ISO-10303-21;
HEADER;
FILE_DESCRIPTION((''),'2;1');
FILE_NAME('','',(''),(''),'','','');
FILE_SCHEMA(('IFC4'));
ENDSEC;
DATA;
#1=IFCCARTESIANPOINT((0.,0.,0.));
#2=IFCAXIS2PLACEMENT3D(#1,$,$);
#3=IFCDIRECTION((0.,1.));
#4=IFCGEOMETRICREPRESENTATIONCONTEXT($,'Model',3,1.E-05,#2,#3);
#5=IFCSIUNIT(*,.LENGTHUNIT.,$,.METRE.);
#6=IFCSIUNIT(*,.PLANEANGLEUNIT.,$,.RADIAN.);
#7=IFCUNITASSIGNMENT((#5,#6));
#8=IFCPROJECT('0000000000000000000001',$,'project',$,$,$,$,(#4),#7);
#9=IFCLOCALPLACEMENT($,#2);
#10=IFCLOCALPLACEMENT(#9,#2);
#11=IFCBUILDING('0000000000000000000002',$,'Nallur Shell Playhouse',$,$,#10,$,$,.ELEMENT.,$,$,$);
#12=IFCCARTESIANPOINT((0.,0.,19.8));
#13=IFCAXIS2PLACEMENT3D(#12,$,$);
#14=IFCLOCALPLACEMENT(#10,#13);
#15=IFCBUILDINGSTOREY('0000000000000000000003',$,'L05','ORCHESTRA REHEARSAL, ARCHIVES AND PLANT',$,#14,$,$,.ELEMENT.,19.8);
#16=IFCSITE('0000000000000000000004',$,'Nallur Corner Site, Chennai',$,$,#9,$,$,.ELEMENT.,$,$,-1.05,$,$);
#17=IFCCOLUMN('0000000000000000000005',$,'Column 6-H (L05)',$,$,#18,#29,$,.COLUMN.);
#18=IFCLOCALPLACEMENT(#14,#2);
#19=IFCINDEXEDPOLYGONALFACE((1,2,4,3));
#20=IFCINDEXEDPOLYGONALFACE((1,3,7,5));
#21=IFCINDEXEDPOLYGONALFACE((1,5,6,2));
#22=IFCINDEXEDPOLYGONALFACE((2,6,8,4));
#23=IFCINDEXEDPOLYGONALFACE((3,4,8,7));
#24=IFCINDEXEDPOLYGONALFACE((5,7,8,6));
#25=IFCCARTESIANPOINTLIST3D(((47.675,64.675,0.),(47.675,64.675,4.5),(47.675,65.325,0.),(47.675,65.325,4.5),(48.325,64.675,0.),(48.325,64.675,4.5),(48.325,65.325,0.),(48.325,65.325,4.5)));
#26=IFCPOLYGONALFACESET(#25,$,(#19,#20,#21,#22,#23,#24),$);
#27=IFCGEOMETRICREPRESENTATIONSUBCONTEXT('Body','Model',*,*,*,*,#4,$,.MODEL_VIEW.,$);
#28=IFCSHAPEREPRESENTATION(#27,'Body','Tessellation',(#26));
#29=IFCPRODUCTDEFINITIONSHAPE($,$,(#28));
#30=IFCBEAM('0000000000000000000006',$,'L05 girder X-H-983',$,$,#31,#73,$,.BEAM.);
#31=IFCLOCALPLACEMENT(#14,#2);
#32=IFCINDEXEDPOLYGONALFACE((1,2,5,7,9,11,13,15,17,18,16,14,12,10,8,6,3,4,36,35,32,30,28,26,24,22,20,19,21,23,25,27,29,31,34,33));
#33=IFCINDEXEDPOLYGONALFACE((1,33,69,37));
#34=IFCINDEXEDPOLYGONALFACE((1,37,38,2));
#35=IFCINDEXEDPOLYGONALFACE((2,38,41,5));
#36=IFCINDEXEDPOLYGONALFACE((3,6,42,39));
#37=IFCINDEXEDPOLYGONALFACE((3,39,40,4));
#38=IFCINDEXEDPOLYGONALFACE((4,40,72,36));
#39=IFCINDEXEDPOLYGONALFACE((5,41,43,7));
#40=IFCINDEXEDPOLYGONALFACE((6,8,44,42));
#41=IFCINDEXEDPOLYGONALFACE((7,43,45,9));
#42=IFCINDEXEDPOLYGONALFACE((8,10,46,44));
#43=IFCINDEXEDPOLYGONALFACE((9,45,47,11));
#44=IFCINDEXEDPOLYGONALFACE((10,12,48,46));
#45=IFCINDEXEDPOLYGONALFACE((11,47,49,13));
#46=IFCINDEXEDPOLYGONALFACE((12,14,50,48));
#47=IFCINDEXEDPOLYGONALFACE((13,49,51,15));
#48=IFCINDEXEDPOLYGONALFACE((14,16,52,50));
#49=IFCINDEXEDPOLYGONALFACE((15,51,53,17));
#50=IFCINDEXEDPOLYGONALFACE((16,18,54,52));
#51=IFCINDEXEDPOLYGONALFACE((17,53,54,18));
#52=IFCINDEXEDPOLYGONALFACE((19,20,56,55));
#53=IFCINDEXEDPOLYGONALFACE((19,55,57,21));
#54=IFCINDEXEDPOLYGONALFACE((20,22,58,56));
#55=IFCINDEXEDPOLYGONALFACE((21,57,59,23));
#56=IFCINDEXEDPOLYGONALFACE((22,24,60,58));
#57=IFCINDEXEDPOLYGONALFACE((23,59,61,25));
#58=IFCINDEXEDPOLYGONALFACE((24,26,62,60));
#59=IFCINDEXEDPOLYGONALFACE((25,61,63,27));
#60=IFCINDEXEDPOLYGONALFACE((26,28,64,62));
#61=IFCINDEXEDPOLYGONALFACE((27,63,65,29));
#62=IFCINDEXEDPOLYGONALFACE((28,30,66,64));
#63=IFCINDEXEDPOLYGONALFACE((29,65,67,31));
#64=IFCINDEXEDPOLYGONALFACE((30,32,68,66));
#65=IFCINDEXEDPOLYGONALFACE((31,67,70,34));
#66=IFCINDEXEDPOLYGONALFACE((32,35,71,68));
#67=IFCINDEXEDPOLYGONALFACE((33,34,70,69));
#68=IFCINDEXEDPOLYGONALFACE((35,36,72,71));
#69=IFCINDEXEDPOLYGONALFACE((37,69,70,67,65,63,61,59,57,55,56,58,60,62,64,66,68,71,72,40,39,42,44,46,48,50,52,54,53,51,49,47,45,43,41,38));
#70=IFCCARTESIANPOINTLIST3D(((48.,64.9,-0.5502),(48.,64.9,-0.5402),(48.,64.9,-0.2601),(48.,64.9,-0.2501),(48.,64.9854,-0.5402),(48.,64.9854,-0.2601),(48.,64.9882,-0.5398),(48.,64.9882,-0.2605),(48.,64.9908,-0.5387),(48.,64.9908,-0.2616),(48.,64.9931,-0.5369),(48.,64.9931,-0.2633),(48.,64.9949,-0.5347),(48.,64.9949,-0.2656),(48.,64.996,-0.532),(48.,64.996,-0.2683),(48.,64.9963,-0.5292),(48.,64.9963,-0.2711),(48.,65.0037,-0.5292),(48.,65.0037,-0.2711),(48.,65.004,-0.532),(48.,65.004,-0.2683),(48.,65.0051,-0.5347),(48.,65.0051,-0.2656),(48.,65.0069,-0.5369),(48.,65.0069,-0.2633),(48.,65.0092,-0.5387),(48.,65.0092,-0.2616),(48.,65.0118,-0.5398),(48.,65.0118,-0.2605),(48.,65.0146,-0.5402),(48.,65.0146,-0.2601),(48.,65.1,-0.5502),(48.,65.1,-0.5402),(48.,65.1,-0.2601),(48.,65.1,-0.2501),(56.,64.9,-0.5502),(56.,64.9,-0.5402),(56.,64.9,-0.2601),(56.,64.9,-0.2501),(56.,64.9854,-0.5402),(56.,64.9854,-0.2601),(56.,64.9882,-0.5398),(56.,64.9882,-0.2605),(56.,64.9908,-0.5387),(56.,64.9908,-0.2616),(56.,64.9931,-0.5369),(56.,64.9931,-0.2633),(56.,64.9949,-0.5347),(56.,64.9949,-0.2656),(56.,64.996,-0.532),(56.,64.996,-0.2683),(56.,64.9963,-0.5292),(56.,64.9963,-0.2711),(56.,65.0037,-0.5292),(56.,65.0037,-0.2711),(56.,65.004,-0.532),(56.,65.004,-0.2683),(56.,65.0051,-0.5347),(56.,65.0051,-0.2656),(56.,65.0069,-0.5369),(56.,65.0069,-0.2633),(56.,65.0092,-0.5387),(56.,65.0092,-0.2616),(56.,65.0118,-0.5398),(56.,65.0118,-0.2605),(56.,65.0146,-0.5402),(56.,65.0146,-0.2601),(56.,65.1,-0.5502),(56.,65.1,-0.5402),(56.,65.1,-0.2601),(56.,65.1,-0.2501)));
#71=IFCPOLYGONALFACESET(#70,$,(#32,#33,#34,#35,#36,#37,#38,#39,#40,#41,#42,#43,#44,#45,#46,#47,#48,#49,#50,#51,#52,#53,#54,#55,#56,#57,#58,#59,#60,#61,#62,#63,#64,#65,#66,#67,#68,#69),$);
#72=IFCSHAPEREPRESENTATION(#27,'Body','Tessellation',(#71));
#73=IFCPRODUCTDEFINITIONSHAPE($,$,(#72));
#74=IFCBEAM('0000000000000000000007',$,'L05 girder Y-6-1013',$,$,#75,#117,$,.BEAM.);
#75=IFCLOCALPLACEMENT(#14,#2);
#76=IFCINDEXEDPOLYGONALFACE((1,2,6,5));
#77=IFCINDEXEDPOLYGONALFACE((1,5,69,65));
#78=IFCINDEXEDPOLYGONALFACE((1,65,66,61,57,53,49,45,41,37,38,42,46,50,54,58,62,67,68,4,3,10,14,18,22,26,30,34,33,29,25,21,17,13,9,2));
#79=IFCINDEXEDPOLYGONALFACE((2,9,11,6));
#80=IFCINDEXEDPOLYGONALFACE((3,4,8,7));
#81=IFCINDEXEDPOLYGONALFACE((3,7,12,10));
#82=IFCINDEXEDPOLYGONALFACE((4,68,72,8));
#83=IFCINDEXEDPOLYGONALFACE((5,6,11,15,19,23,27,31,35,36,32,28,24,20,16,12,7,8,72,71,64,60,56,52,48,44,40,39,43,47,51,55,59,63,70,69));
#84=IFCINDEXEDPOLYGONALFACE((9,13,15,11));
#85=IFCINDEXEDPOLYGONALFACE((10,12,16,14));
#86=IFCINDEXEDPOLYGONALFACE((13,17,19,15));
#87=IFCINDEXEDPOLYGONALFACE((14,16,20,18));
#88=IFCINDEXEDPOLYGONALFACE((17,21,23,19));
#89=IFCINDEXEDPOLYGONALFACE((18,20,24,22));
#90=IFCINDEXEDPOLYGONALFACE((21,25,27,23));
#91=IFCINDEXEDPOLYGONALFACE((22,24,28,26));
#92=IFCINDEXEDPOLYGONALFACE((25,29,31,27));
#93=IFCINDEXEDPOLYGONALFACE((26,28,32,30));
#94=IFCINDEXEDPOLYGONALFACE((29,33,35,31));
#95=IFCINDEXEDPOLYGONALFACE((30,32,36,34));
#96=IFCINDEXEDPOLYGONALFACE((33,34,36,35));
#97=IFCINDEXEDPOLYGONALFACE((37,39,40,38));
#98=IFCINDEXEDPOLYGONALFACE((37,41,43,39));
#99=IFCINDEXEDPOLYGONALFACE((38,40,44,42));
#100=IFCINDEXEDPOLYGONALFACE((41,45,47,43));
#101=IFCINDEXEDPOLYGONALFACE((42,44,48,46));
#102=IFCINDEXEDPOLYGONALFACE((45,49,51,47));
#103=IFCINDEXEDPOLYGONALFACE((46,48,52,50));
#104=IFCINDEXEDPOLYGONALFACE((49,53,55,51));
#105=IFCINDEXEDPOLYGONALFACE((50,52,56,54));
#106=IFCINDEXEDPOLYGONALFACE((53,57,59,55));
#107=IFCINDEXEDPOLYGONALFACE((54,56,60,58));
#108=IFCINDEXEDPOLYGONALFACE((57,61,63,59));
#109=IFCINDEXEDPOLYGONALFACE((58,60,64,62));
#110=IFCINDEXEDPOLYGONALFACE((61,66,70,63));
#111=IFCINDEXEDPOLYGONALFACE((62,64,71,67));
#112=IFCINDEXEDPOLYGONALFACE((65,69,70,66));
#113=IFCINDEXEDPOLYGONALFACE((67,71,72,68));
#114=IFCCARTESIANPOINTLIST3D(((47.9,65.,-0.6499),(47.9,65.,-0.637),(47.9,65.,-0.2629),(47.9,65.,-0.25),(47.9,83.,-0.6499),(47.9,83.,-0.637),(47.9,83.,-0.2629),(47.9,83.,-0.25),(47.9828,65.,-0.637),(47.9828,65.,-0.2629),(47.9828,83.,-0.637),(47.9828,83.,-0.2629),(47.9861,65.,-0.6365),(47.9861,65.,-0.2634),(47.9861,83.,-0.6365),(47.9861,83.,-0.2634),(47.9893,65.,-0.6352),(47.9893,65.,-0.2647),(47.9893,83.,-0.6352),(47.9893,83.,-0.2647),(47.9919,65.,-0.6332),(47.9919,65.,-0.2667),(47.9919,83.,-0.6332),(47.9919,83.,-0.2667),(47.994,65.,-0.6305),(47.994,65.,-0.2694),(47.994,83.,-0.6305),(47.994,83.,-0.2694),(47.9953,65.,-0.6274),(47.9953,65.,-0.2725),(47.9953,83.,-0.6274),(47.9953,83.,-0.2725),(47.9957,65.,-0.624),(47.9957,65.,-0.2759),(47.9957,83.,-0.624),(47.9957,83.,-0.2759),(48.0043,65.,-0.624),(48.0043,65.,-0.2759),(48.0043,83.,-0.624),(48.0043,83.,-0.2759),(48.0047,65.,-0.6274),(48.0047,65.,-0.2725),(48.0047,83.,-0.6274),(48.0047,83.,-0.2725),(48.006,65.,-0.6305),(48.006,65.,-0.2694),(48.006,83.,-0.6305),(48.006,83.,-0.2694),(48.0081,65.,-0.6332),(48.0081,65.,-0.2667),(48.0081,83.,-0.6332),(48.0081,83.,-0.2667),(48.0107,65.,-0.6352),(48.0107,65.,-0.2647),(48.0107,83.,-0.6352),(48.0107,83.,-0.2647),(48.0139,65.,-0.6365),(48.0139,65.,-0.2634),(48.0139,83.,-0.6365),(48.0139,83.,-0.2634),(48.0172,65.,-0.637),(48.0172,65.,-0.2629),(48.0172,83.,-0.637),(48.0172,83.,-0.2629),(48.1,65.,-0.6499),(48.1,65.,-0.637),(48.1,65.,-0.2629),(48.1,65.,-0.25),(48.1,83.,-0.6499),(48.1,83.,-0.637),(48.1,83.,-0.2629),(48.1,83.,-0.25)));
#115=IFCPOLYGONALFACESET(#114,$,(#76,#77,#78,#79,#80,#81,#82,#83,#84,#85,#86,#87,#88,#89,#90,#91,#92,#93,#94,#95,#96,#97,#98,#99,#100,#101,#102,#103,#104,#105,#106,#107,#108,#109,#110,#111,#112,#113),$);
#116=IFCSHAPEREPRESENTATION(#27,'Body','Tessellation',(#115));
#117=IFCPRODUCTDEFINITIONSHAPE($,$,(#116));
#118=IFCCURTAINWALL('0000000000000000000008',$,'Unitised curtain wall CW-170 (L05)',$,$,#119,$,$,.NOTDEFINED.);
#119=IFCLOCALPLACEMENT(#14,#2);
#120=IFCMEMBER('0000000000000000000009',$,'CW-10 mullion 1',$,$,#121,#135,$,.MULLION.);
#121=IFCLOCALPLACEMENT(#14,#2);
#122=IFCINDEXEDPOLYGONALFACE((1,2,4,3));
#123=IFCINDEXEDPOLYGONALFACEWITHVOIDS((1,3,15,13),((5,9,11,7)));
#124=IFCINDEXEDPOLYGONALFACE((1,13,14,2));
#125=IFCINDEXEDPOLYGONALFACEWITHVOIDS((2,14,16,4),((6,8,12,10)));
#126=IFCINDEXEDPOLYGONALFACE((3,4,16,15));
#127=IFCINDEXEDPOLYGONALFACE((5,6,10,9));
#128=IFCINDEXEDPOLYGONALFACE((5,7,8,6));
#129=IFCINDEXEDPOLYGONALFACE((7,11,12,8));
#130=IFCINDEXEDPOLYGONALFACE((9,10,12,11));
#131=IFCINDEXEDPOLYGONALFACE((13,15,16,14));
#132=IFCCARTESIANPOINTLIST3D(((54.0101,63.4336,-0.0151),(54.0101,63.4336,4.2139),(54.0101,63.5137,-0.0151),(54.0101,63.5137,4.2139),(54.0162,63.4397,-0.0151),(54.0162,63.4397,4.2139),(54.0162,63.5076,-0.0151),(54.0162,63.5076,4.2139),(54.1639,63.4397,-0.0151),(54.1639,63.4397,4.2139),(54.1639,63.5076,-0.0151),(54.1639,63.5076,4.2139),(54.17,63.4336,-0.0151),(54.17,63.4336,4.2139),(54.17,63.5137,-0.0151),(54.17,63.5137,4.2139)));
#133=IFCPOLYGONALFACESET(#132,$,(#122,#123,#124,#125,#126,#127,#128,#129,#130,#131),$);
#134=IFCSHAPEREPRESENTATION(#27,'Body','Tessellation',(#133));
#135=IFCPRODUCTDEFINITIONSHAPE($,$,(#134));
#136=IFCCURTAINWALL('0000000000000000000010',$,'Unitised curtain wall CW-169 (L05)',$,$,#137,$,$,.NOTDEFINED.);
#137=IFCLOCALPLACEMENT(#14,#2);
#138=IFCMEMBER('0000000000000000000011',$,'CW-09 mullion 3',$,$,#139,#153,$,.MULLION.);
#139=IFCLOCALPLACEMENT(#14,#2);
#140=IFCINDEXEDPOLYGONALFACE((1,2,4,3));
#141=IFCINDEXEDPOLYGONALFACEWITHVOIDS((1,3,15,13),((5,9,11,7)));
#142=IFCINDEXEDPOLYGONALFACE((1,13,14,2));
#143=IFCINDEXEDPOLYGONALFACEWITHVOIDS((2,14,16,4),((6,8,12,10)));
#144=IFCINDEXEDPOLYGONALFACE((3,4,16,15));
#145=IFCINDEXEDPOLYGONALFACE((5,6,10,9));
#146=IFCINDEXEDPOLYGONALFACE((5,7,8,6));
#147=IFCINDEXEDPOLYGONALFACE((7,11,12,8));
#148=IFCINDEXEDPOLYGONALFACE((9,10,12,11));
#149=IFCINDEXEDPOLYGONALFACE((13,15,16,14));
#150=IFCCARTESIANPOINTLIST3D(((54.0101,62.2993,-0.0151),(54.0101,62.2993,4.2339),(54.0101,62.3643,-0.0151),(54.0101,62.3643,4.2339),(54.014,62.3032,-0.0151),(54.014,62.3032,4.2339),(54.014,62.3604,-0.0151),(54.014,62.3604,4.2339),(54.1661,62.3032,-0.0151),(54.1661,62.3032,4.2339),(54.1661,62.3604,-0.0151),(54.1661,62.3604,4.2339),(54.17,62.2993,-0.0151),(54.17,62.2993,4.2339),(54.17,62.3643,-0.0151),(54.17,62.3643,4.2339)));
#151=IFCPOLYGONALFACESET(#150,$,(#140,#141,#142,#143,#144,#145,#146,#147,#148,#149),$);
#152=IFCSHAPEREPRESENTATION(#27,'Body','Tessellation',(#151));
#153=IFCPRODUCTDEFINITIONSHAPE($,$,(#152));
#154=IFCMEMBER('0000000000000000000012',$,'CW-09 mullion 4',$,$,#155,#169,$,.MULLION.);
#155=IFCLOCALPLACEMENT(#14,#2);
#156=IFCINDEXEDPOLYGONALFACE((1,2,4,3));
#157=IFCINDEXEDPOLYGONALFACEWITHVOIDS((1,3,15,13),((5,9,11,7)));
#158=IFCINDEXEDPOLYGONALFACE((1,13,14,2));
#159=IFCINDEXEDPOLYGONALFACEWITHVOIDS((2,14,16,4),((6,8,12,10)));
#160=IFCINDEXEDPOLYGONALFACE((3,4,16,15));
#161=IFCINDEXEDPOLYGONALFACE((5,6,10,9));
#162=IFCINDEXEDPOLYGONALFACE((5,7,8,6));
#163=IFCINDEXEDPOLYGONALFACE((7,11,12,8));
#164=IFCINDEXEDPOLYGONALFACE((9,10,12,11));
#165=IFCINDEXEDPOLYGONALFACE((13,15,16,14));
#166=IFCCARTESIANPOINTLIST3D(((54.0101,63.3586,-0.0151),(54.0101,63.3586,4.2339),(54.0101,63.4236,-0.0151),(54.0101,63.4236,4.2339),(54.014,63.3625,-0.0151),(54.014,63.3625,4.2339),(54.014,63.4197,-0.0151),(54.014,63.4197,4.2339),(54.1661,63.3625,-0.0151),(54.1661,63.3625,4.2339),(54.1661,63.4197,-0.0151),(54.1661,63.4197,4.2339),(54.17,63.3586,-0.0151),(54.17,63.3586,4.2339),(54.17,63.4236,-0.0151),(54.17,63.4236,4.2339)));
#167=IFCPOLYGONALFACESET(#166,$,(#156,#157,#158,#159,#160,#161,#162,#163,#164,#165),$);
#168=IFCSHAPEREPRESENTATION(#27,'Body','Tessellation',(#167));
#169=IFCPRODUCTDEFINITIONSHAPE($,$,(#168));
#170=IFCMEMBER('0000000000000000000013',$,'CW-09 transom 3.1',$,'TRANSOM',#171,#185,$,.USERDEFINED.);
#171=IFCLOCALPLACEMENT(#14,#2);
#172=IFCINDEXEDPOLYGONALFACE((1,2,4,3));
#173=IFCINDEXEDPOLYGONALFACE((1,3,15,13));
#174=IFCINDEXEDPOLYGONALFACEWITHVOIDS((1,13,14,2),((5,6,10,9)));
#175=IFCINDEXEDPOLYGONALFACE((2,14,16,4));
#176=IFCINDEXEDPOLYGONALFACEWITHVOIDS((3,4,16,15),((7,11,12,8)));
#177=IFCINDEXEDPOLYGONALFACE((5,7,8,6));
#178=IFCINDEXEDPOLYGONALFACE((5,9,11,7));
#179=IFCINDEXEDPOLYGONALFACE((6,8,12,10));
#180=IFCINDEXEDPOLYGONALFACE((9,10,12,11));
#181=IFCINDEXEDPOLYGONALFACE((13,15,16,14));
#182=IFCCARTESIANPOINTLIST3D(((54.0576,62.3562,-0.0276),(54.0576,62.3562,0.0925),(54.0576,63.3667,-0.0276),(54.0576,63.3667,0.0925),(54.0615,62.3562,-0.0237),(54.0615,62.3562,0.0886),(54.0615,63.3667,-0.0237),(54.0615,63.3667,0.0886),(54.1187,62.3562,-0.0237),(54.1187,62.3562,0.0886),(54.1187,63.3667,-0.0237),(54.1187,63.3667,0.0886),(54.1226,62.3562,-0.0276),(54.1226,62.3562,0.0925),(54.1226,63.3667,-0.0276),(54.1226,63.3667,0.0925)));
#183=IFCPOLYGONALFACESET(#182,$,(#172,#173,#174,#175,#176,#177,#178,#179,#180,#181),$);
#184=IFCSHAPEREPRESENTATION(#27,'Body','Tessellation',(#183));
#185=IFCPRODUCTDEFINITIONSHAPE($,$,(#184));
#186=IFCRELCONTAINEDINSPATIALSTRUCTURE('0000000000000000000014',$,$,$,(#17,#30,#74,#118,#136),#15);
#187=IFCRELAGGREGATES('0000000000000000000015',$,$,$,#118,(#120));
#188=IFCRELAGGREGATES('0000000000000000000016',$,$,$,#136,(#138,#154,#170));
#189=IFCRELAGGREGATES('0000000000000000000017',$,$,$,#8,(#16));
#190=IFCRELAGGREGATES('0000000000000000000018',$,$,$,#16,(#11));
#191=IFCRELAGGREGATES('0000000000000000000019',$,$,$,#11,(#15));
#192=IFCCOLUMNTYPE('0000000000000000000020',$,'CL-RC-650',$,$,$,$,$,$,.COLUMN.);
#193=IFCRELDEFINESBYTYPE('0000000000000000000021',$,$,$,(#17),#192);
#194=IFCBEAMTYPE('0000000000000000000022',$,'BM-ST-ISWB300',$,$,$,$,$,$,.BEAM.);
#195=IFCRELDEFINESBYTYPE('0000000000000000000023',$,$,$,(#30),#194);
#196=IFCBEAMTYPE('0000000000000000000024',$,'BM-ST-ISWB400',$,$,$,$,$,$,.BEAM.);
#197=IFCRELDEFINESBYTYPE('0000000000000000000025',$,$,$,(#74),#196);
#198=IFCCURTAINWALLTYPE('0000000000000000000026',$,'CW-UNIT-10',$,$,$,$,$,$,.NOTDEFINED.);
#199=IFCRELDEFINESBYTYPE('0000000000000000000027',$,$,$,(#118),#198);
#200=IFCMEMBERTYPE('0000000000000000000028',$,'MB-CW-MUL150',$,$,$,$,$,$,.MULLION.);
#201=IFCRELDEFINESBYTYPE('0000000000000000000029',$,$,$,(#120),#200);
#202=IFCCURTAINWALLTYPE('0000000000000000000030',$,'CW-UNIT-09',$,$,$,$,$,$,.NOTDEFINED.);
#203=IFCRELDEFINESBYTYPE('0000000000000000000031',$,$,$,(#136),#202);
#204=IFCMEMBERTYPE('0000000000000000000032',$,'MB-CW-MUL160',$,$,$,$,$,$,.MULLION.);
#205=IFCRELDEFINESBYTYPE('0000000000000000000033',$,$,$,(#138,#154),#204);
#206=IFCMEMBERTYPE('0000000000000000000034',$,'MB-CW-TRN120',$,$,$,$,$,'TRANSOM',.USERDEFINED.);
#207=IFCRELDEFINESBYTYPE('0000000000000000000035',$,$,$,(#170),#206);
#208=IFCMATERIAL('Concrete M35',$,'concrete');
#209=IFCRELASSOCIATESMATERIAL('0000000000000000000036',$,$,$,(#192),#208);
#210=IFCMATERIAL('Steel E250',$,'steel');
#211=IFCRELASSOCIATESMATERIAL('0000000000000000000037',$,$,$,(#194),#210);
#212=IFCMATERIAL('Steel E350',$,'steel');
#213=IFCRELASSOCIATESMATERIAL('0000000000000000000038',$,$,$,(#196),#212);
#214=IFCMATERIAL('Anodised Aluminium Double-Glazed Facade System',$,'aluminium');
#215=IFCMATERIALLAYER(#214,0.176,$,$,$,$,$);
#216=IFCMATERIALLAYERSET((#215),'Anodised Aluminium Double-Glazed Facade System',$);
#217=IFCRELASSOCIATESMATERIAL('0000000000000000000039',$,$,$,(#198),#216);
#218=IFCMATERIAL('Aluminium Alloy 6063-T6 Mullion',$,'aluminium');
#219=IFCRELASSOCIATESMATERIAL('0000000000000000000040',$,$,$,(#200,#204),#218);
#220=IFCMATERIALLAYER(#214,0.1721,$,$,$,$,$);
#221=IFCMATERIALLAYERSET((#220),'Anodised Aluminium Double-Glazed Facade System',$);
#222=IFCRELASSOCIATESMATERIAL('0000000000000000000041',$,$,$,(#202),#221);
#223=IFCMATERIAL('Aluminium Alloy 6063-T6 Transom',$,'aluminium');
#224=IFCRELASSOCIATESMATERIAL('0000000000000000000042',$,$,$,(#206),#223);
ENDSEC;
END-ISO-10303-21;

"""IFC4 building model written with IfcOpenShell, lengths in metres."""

from ifc_helpers import new_model, si_unit, direction, frame, origin, origin_2d, place, context, subcontext, project, spatial, rectangle, hollow_rectangle, i_section, extrude, material, layer, layer_set, material_profile, profile_set, type_object, element, aggregate, save


model = new_model("IFC4")

# Units and contexts
model_context = context("Model", 3, precision=1e-05, world=origin(), true_north=direction((0.0, 1.0)))
body_context = subcontext(model_context, "Body", "Model", "MODEL_VIEW")
ifc_project = project(units=[si_unit("LENGTHUNIT", "METRE"), si_unit("PLANEANGLEUNIT", "RADIAN")], contexts=[model_context])

# Site, building, storey
site_placement = place(None, origin())
site = spatial("IfcSite", under=ifc_project, at=site_placement, Name="Nallur Corner Site, Chennai", CompositionType="ELEMENT", RefElevation=-1.05)
building_placement = place(site_placement, origin())
building = spatial("IfcBuilding", under=site, at=building_placement, Name="Nallur Shell Playhouse", CompositionType="ELEMENT")
storey_placement = place(building_placement, frame((0.0, 0.0, 19.8)))
storey = spatial("IfcBuildingStorey", under=building, at=storey_placement, Name="L05", Description="ORCHESTRA REHEARSAL, ARCHIVES AND PLANT", CompositionType="ELEMENT", Elevation=19.8)

# Column
ifc_material_1 = material(Name="Concrete M35", Category="concrete")
ifc_material_profile_1 = material_profile(ifc_material_1, rectangle(XDim=0.6499, YDim=0.6499, at=origin_2d()), Name="RC 650x650")
ifc_profile_set_1 = profile_set([ifc_material_profile_1], Name="Concrete M35")
column_type = type_object("IfcColumnType", Name="CL-RC-650", PredefinedType="COLUMN", material=ifc_profile_set_1)
column_placement = place(storey_placement, frame((48.0, 65.0, 0.0), z_axis=(0.0, 0.0, 1.0), x_axis=(1.0, 0.0, 0.0)))
element("IfcColumn", 1, at=column_placement, inside=storey, type_object=column_type, Name="Column 6-H (L05)", PredefinedType="COLUMN", context=body_context, shape_type="SweptSolid", body=[
    extrude(rectangle(XDim=0.6499, YDim=0.6499, at=origin_2d()), origin(), (0.0, 0.0, 1.0), 4.5),
])

# Beams
ifc_material_2 = material(Name="Steel E250", Category="steel")
ifc_material_profile_2 = material_profile(ifc_material_2, i_section(OverallWidth=0.2, OverallDepth=0.3, WebThickness=0.0073, FlangeThickness=0.01, FilletRadius=0.011, at=origin_2d()), Name="ISWB 300")
ifc_profile_set_2 = profile_set([ifc_material_profile_2], Name="Steel E250")
beam_type_1 = type_object("IfcBeamType", Name="BM-ST-ISWB300", PredefinedType="BEAM", material=ifc_profile_set_2)
beam_1_placement = place(storey_placement, frame((48.0, 65.0, -0.4001), z_axis=(1.0, 0.0, 0.0), x_axis=(0.0, 1.0, 0.0)))
element("IfcBeam", 2, at=beam_1_placement, inside=storey, type_object=beam_type_1, Name="L05 girder X-H-983", PredefinedType="BEAM", context=body_context, shape_type="SweptSolid", body=[
    extrude(i_section(OverallWidth=0.2, OverallDepth=0.3, WebThickness=0.0073, FlangeThickness=0.01, FilletRadius=0.011, at=origin_2d()), origin(), (0.0, 0.0, 1.0), 8.0),
])
ifc_material_3 = material(Name="Steel E350", Category="steel")
ifc_material_profile_3 = material_profile(ifc_material_3, i_section(OverallWidth=0.2, OverallDepth=0.3999, WebThickness=0.0085, FlangeThickness=0.0129, FilletRadius=0.0129, at=origin_2d()), Name="ISWB 400")
ifc_profile_set_3 = profile_set([ifc_material_profile_3], Name="Steel E350")
beam_type_2 = type_object("IfcBeamType", Name="BM-ST-ISWB400", PredefinedType="BEAM", material=ifc_profile_set_3)
beam_2_placement = place(storey_placement, frame((48.0, 65.0, -0.45), z_axis=(0.0, 1.0, 0.0), x_axis=(-1.0, 0.0, 0.0)))
element("IfcBeam", 3, at=beam_2_placement, inside=storey, type_object=beam_type_2, Name="L05 girder Y-6-1013", PredefinedType="BEAM", context=body_context, shape_type="SweptSolid", body=[
    extrude(i_section(OverallWidth=0.2, OverallDepth=0.3999, WebThickness=0.0085, FlangeThickness=0.0129, FilletRadius=0.0129, at=origin_2d()), origin(), (0.0, 0.0, 1.0), 18.0),
])

# Curtain wall, member
ifc_material_4 = material(Name="Anodised Aluminium Double-Glazed Facade System", Category="aluminium")
ifc_layer_1 = layer(ifc_material_4, 0.176)
ifc_layer_set_1 = layer_set([ifc_layer_1], Name="Anodised Aluminium Double-Glazed Facade System")
curtain_wall_type_1 = type_object("IfcCurtainWallType", Name="CW-UNIT-10", PredefinedType="NOTDEFINED", material=ifc_layer_set_1)
curtain_wall_1_placement = place(storey_placement, origin())
curtain_wall_1 = element("IfcCurtainWall", 4, at=curtain_wall_1_placement, inside=storey, type_object=curtain_wall_type_1, Name="Unitised curtain wall CW-170 (L05)", PredefinedType="NOTDEFINED")
ifc_material_5 = material(Name="Aluminium Alloy 6063-T6 Mullion", Category="aluminium")
ifc_material_profile_4 = material_profile(ifc_material_5, hollow_rectangle(XDim=0.0801, YDim=0.1599, WallThickness=0.0061, at=origin_2d()), Name="RHS 160x80x6")
ifc_profile_set_4 = profile_set([ifc_material_profile_4], Name="Aluminium Alloy 6063-T6 Mullion")
member_type_1 = type_object("IfcMemberType", Name="MB-CW-MUL150", PredefinedType="MULLION", material=ifc_profile_set_4)
member_1_placement = place(storey_placement, frame((54.0901, 63.4736, -0.0151), z_axis=(0.0, 0.0, 1.0), x_axis=(0.0, 1.0, 0.0)))
member_1 = element("IfcMember", 5, at=member_1_placement, type_object=member_type_1, Name="CW-10 mullion 1", PredefinedType="MULLION", context=body_context, shape_type="SweptSolid", body=[
    extrude(hollow_rectangle(XDim=0.0801, YDim=0.1599, WallThickness=0.0061, at=origin_2d()), origin(), (0.0, 0.0, 1.0), 4.229),
])

# Curtain wall, members
ifc_layer_2 = layer(ifc_material_4, 0.1721)
ifc_layer_set_2 = layer_set([ifc_layer_2], Name="Anodised Aluminium Double-Glazed Facade System")
curtain_wall_type_2 = type_object("IfcCurtainWallType", Name="CW-UNIT-09", PredefinedType="NOTDEFINED", material=ifc_layer_set_2)
curtain_wall_2_placement = place(storey_placement, origin())
curtain_wall_2 = element("IfcCurtainWall", 6, at=curtain_wall_2_placement, inside=storey, type_object=curtain_wall_type_2, Name="Unitised curtain wall CW-169 (L05)", PredefinedType="NOTDEFINED")
ifc_material_profile_5 = material_profile(ifc_material_5, hollow_rectangle(XDim=0.0649, YDim=0.1599, WallThickness=0.0039, at=origin_2d()), Name="ALU 65x160x4")
ifc_profile_set_5 = profile_set([ifc_material_profile_5], Name="Aluminium Alloy 6063-T6 Mullion")
member_type_2 = type_object("IfcMemberType", Name="MB-CW-MUL160", PredefinedType="MULLION", material=ifc_profile_set_5)
member_2_placement = place(storey_placement, frame((54.0901, 62.3318, -0.0151), z_axis=(0.0, 0.0, 1.0), x_axis=(0.0, 1.0, 0.0)))
member_2 = element("IfcMember", 7, at=member_2_placement, type_object=member_type_2, Name="CW-09 mullion 3", PredefinedType="MULLION", context=body_context, shape_type="SweptSolid", body=[
    extrude(hollow_rectangle(XDim=0.0649, YDim=0.1599, WallThickness=0.0039, at=origin_2d()), origin(), (0.0, 0.0, 1.0), 4.249),
])
member_3_placement = place(storey_placement, frame((54.0901, 63.3911, -0.0151), z_axis=(0.0, 0.0, 1.0), x_axis=(0.0, 1.0, 0.0)))
member_3 = element("IfcMember", 8, at=member_3_placement, type_object=member_type_2, Name="CW-09 mullion 4", PredefinedType="MULLION", context=body_context, shape_type="SweptSolid", body=[
    extrude(hollow_rectangle(XDim=0.0649, YDim=0.1599, WallThickness=0.0039, at=origin_2d()), origin(), (0.0, 0.0, 1.0), 4.249),
])
ifc_material_6 = material(Name="Aluminium Alloy 6063-T6 Transom", Category="aluminium")
ifc_material_profile_6 = material_profile(ifc_material_6, hollow_rectangle(XDim=0.0649, YDim=0.1201, WallThickness=0.0039, at=origin_2d()), Name="ALU 65x120x4")
ifc_profile_set_6 = profile_set([ifc_material_profile_6], Name="Aluminium Alloy 6063-T6 Transom")
member_type_3 = type_object("IfcMemberType", Name="MB-CW-TRN120", ElementType="TRANSOM", PredefinedType="USERDEFINED", material=ifc_profile_set_6)
member_4_placement = place(storey_placement, frame((54.0901, 62.3562, 0.0325), z_axis=(0.0, 1.0, 0.0), x_axis=(-1.0, 0.0, 0.0)))
member_4 = element("IfcMember", 9, at=member_4_placement, type_object=member_type_3, Name="CW-09 transom 3.1", ObjectType="TRANSOM", PredefinedType="USERDEFINED", context=body_context, shape_type="SweptSolid", body=[
    extrude(hollow_rectangle(XDim=0.0649, YDim=0.1201, WallThickness=0.0039, at=origin_2d()), origin(), (0.0, 0.0, 1.0), 1.0105),
])

aggregate(curtain_wall_1, [member_1])

aggregate(curtain_wall_2, [member_2, member_3, member_4])

save(model, "model.ifc")
